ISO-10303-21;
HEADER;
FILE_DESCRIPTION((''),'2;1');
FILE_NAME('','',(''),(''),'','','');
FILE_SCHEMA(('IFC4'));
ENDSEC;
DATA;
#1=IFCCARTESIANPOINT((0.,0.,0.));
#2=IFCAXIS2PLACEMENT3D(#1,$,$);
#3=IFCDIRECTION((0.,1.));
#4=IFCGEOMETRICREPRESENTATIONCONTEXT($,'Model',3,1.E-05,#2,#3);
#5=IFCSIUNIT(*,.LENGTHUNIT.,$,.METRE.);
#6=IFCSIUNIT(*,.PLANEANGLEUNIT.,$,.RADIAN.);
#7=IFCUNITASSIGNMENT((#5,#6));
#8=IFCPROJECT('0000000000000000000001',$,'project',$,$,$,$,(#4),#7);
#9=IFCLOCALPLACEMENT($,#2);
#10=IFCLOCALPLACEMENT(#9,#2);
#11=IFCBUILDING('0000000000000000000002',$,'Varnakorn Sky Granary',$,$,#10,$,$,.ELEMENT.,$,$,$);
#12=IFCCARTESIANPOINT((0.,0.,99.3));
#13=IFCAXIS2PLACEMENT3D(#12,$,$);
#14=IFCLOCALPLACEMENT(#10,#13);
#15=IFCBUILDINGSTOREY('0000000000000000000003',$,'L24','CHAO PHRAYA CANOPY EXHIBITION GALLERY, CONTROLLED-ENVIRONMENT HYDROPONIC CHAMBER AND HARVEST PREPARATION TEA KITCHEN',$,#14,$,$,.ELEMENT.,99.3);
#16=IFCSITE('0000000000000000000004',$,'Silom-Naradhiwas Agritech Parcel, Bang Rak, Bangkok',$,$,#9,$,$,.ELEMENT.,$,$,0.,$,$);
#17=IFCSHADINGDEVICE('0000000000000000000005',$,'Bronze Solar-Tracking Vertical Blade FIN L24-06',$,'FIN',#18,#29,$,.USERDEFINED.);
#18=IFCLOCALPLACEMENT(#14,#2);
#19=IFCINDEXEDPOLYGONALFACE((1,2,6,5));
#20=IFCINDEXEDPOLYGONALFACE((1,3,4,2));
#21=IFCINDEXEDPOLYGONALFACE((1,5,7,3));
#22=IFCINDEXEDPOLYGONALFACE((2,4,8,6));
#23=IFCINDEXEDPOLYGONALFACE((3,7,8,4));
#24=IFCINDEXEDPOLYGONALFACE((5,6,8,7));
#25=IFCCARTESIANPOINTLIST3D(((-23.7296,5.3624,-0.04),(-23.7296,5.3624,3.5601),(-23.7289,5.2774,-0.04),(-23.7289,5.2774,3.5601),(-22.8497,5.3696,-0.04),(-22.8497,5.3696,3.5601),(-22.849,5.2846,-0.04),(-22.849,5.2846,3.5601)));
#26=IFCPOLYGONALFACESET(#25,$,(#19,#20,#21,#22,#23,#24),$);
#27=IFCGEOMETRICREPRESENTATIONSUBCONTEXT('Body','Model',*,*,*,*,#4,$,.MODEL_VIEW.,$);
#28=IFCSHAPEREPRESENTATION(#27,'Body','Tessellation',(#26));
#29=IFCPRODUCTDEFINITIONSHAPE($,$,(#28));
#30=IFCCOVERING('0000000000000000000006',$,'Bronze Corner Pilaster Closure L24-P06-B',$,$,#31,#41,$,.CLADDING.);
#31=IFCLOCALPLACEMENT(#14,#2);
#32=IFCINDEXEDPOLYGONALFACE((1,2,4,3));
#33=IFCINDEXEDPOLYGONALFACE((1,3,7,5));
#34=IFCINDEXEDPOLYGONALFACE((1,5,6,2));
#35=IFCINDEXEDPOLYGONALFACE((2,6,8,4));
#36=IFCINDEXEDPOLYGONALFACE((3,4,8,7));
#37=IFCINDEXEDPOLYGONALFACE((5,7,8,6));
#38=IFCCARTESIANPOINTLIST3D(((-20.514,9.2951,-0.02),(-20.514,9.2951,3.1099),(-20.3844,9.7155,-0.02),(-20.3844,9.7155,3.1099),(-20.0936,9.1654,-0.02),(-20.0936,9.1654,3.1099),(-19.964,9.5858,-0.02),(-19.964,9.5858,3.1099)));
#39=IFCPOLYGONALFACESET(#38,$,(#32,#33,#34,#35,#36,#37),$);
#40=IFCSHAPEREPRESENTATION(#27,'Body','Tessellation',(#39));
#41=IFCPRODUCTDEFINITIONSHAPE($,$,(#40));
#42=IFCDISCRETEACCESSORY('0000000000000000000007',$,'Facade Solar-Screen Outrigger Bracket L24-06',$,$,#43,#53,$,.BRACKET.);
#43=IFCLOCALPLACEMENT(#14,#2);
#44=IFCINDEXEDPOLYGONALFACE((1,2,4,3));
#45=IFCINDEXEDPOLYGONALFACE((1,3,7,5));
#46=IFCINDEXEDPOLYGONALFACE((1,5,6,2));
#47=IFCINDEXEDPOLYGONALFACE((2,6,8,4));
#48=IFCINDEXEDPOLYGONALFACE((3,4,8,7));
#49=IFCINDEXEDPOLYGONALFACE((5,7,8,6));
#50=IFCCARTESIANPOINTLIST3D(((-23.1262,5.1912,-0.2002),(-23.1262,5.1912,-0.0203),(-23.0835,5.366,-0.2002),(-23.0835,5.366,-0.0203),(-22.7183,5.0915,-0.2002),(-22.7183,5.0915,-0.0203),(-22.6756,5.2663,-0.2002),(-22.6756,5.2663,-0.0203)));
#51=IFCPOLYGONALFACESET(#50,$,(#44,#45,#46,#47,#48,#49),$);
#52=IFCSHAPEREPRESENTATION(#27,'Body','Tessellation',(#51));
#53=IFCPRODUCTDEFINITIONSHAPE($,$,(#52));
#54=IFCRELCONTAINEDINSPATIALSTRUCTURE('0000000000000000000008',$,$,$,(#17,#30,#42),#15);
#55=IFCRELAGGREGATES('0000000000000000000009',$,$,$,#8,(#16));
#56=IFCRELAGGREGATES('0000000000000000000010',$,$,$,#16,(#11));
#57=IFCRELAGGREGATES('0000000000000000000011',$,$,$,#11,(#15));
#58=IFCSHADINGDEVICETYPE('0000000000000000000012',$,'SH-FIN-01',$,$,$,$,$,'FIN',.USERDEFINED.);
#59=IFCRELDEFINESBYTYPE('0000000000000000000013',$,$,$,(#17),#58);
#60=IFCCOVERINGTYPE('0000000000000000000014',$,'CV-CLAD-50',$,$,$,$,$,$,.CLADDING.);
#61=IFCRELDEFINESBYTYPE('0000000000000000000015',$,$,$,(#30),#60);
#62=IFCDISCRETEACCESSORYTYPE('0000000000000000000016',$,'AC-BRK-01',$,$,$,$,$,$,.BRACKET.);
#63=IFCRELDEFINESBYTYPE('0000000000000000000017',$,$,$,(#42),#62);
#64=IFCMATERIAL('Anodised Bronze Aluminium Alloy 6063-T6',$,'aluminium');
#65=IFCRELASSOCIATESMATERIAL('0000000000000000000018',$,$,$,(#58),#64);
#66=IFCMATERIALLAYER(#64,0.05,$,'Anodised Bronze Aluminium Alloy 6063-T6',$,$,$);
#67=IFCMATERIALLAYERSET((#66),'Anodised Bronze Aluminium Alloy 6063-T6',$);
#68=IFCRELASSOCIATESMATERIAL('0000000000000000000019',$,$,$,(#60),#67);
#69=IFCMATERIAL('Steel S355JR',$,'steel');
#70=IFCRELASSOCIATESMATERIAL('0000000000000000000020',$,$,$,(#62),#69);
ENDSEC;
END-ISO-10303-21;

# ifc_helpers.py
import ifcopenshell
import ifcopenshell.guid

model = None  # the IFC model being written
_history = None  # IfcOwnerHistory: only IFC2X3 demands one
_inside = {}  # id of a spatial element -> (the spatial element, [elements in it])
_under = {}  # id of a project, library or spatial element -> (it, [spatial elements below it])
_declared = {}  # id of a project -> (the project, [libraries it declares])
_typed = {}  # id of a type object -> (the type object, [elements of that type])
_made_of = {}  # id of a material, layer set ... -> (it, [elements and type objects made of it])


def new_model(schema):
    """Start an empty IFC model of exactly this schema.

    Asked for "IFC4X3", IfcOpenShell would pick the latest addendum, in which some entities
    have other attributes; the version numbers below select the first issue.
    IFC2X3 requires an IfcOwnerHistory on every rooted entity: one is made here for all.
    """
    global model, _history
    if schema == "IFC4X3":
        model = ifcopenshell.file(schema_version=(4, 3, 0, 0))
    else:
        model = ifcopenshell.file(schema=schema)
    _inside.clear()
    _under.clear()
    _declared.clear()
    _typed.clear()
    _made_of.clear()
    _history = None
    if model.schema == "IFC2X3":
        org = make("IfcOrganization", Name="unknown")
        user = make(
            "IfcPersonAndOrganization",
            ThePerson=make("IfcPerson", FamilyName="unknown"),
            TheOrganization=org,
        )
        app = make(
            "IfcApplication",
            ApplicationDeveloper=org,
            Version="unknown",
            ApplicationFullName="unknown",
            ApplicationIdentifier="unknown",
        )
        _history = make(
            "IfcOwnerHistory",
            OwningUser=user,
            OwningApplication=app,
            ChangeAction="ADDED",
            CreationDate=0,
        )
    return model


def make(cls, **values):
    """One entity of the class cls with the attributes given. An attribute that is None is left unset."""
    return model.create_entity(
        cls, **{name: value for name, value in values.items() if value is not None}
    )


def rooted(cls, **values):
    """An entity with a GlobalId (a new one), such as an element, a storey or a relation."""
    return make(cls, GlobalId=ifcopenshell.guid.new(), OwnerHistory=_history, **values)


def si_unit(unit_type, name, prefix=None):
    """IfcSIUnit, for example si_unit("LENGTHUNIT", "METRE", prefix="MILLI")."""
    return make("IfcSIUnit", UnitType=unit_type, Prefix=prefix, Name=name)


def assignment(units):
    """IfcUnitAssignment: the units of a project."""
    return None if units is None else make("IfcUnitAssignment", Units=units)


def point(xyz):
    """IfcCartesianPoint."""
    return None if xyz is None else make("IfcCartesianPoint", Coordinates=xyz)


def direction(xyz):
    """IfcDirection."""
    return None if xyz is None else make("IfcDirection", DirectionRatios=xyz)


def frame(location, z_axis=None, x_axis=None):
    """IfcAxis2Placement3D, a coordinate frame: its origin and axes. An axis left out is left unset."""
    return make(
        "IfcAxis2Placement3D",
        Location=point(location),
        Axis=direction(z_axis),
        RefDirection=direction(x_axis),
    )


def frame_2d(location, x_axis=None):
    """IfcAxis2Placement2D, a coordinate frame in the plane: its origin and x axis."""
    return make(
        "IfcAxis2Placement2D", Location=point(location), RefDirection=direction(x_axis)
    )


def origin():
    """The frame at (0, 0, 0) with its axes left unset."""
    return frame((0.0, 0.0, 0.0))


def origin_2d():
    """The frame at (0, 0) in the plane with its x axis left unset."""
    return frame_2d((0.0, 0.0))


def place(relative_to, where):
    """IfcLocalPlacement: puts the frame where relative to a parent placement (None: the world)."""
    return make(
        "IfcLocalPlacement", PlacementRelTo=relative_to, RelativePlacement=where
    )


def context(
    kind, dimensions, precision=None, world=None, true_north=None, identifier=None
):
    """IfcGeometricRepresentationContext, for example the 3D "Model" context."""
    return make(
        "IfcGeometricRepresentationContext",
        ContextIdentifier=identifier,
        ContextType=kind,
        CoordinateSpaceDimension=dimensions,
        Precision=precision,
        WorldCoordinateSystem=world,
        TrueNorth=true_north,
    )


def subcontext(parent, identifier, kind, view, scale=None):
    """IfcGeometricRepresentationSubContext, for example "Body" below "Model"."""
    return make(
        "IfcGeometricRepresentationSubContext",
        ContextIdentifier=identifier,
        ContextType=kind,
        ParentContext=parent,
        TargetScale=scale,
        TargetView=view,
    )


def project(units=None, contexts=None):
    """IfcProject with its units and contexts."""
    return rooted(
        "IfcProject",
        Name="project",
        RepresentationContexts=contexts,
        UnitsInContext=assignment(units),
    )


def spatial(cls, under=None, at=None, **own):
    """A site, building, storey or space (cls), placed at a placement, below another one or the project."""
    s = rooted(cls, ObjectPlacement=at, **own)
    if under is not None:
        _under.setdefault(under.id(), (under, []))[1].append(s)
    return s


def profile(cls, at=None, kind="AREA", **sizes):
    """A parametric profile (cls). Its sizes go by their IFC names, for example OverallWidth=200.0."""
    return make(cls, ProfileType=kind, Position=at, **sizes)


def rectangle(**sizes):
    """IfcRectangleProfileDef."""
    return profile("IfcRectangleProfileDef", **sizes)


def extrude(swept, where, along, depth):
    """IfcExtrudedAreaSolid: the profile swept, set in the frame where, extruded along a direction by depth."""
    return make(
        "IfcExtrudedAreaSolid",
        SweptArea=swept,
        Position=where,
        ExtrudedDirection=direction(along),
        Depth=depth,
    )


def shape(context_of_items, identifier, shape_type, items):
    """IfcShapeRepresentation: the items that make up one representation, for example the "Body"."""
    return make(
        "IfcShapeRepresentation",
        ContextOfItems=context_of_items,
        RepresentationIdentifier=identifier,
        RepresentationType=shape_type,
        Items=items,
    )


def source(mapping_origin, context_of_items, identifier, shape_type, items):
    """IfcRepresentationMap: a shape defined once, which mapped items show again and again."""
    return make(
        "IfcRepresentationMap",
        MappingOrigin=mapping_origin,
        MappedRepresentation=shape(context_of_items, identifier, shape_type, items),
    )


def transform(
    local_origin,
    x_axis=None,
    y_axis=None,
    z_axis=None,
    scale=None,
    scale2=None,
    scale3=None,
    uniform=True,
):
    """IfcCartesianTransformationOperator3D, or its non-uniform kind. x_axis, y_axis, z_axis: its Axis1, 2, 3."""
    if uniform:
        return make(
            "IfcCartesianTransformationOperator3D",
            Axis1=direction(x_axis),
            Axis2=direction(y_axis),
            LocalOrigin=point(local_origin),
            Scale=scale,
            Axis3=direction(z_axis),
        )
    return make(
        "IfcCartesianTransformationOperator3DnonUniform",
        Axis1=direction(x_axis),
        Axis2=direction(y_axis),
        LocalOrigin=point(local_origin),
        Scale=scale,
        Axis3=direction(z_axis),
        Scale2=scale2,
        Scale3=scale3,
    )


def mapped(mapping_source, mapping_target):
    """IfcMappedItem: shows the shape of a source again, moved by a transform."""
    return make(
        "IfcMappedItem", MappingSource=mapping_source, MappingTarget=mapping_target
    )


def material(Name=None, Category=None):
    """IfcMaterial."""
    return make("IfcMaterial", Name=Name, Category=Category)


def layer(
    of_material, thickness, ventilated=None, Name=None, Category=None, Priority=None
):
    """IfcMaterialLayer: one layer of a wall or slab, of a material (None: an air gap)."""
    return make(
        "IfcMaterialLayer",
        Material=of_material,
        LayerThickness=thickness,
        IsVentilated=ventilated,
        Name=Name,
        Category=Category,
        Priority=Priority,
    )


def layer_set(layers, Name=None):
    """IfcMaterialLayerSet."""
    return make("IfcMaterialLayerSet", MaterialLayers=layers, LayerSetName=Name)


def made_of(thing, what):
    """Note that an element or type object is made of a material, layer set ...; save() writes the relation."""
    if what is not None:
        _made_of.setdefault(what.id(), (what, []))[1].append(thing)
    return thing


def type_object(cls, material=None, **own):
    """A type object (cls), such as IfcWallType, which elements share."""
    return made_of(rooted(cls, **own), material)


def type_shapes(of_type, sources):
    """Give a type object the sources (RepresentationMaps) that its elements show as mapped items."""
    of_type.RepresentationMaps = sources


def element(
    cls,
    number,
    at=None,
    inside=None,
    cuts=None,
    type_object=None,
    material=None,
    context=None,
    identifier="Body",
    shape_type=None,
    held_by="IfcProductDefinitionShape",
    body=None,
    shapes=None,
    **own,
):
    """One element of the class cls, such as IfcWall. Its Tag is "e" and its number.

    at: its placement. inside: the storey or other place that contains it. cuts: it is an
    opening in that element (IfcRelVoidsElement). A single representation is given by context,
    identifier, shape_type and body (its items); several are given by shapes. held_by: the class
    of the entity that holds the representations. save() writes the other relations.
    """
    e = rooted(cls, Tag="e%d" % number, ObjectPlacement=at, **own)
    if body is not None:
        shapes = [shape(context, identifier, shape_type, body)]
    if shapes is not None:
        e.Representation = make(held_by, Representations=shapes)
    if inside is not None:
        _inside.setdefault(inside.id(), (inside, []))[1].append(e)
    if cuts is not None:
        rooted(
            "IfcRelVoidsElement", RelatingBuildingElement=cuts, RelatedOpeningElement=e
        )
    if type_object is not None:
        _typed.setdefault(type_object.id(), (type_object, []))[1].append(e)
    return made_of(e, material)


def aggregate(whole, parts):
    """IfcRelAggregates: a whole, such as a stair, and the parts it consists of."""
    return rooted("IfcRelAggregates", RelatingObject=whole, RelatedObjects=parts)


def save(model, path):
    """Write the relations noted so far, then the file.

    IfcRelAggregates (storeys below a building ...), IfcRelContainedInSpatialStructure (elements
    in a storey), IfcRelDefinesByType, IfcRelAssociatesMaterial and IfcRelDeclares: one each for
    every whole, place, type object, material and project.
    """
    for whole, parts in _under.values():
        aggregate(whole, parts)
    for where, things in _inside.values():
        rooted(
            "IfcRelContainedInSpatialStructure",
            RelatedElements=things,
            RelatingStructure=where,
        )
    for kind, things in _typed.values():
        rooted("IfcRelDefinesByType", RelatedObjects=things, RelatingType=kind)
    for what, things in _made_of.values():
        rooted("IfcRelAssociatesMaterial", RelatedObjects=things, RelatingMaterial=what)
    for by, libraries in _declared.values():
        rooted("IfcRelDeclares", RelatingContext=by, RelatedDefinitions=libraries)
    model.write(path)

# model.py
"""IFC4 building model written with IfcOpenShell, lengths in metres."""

from ifc_helpers import new_model, si_unit, direction, frame, origin, origin_2d, place, context, subcontext, project, spatial, rectangle, extrude, source, transform, mapped, material, layer, layer_set, type_object, type_shapes, element, save


model = new_model("IFC4")

# Units and contexts
model_context = context("Model", 3, precision=1e-05, world=origin(), true_north=direction((0.0, 1.0)))
body_context = subcontext(model_context, "Body", "Model", "MODEL_VIEW")
ifc_project = project(units=[si_unit("LENGTHUNIT", "METRE"), si_unit("PLANEANGLEUNIT", "RADIAN")], contexts=[model_context])

# Site, building, storey
site_placement = place(None, origin())
site = spatial("IfcSite", under=ifc_project, at=site_placement, Name="Silom-Naradhiwas Agritech Parcel, Bang Rak, Bangkok", CompositionType="ELEMENT", RefElevation=0.0)
building_placement = place(site_placement, origin())
building = spatial("IfcBuilding", under=site, at=building_placement, Name="Varnakorn Sky Granary", CompositionType="ELEMENT")
storey_placement = place(building_placement, frame((0.0, 0.0, 99.3)))
storey = spatial("IfcBuildingStorey", under=building, at=storey_placement, Name="L24", Description="CHAO PHRAYA CANOPY EXHIBITION GALLERY, CONTROLLED-ENVIRONMENT HYDROPONIC CHAMBER AND HARVEST PREPARATION TEA KITCHEN", CompositionType="ELEMENT", Elevation=99.3)

# Shared definitions
ifc_material_1 = material(Name="Steel S355JR", Category="steel")

# Shared definitions
ifc_material_2 = material(Name="Anodised Bronze Aluminium Alloy 6063-T6", Category="aluminium")

# Shading device
shading_device_type = type_object("IfcShadingDeviceType", Name="SH-FIN-01", ElementType="FIN", PredefinedType="USERDEFINED", material=ifc_material_2)
shared_shape_1 = source(origin(), body_context, "Body", "SweptSolid", [
    extrude(rectangle(XDim=0.085, YDim=0.8799, at=origin_2d()), origin(), (0.0, 0.0, 1.0), 3.6001),
])
type_shapes(shading_device_type, [shared_shape_1])
shading_device_placement = place(storey_placement, frame((-23.2893, 5.3235, -0.04), z_axis=(0.0, 0.0, 1.0), x_axis=(0.008164, -0.999967, 0.0)))
element("IfcShadingDevice", 1, at=shading_device_placement, inside=storey, type_object=shading_device_type, Name="Bronze Solar-Tracking Vertical Blade FIN L24-06", ObjectType="FIN", PredefinedType="USERDEFINED", context=body_context, shape_type="MappedRepresentation", body=[
    mapped(shared_shape_1, transform((0.0, 0.0, 0.0), x_axis=(1.0, 0.0, 0.0), y_axis=(0.0, 1.0, 0.0), z_axis=(0.0, 0.0, 1.0), scale=1.0)),
])

# Covering
ifc_layer_1 = layer(ifc_material_2, 0.05, Name="Anodised Bronze Aluminium Alloy 6063-T6")
ifc_layer_set_1 = layer_set([ifc_layer_1], Name="Anodised Bronze Aluminium Alloy 6063-T6")
covering_type = type_object("IfcCoveringType", Name="CV-CLAD-50", PredefinedType="CLADDING", material=ifc_layer_set_1)
shared_shape_2 = source(origin(), body_context, "Body", "SweptSolid", [
    extrude(rectangle(XDim=0.4399, YDim=0.4399, at=origin_2d()), origin(), (0.0, 0.0, 1.0), 3.1299),
])
type_shapes(covering_type, [shared_shape_2])
covering_placement = place(storey_placement, frame((-20.239, 9.4404, -0.02), z_axis=(0.0, 0.0, 1.0), x_axis=(0.294708, 0.955588, 0.0)))
element("IfcCovering", 2, at=covering_placement, inside=storey, type_object=covering_type, Name="Bronze Corner Pilaster Closure L24-P06-B", PredefinedType="CLADDING", context=body_context, shape_type="MappedRepresentation", body=[
    mapped(shared_shape_2, transform((0.0, 0.0, 0.0), x_axis=(1.0, 0.0, 0.0), y_axis=(0.0, 1.0, 0.0), z_axis=(0.0, 0.0, 1.0), scale=1.0)),
])

# Discrete accessory
discrete_accessory_type = type_object("IfcDiscreteAccessoryType", Name="AC-BRK-01", PredefinedType="BRACKET", material=ifc_material_1)
shared_shape_3 = source(origin(), body_context, "Body", "SweptSolid", [
    extrude(rectangle(XDim=0.1799, YDim=0.4199, at=origin_2d()), origin(), (0.0, 0.0, 1.0), 0.1799),
])
type_shapes(discrete_accessory_type, [shared_shape_3])
discrete_accessory_placement = place(storey_placement, frame((-22.9009, 5.2288, -0.2002), z_axis=(0.0, 0.0, 1.0), x_axis=(-0.237341, -0.971426, 0.0)))
element("IfcDiscreteAccessory", 3, at=discrete_accessory_placement, inside=storey, type_object=discrete_accessory_type, Name="Facade Solar-Screen Outrigger Bracket L24-06", PredefinedType="BRACKET", context=body_context, shape_type="MappedRepresentation", body=[
    mapped(shared_shape_3, transform((0.0, 0.0, 0.0), x_axis=(1.0, 0.0, 0.0), y_axis=(0.0, 1.0, 0.0), z_axis=(0.0, 0.0, 1.0), scale=1.0)),
])

save(model, "model.ifc")
